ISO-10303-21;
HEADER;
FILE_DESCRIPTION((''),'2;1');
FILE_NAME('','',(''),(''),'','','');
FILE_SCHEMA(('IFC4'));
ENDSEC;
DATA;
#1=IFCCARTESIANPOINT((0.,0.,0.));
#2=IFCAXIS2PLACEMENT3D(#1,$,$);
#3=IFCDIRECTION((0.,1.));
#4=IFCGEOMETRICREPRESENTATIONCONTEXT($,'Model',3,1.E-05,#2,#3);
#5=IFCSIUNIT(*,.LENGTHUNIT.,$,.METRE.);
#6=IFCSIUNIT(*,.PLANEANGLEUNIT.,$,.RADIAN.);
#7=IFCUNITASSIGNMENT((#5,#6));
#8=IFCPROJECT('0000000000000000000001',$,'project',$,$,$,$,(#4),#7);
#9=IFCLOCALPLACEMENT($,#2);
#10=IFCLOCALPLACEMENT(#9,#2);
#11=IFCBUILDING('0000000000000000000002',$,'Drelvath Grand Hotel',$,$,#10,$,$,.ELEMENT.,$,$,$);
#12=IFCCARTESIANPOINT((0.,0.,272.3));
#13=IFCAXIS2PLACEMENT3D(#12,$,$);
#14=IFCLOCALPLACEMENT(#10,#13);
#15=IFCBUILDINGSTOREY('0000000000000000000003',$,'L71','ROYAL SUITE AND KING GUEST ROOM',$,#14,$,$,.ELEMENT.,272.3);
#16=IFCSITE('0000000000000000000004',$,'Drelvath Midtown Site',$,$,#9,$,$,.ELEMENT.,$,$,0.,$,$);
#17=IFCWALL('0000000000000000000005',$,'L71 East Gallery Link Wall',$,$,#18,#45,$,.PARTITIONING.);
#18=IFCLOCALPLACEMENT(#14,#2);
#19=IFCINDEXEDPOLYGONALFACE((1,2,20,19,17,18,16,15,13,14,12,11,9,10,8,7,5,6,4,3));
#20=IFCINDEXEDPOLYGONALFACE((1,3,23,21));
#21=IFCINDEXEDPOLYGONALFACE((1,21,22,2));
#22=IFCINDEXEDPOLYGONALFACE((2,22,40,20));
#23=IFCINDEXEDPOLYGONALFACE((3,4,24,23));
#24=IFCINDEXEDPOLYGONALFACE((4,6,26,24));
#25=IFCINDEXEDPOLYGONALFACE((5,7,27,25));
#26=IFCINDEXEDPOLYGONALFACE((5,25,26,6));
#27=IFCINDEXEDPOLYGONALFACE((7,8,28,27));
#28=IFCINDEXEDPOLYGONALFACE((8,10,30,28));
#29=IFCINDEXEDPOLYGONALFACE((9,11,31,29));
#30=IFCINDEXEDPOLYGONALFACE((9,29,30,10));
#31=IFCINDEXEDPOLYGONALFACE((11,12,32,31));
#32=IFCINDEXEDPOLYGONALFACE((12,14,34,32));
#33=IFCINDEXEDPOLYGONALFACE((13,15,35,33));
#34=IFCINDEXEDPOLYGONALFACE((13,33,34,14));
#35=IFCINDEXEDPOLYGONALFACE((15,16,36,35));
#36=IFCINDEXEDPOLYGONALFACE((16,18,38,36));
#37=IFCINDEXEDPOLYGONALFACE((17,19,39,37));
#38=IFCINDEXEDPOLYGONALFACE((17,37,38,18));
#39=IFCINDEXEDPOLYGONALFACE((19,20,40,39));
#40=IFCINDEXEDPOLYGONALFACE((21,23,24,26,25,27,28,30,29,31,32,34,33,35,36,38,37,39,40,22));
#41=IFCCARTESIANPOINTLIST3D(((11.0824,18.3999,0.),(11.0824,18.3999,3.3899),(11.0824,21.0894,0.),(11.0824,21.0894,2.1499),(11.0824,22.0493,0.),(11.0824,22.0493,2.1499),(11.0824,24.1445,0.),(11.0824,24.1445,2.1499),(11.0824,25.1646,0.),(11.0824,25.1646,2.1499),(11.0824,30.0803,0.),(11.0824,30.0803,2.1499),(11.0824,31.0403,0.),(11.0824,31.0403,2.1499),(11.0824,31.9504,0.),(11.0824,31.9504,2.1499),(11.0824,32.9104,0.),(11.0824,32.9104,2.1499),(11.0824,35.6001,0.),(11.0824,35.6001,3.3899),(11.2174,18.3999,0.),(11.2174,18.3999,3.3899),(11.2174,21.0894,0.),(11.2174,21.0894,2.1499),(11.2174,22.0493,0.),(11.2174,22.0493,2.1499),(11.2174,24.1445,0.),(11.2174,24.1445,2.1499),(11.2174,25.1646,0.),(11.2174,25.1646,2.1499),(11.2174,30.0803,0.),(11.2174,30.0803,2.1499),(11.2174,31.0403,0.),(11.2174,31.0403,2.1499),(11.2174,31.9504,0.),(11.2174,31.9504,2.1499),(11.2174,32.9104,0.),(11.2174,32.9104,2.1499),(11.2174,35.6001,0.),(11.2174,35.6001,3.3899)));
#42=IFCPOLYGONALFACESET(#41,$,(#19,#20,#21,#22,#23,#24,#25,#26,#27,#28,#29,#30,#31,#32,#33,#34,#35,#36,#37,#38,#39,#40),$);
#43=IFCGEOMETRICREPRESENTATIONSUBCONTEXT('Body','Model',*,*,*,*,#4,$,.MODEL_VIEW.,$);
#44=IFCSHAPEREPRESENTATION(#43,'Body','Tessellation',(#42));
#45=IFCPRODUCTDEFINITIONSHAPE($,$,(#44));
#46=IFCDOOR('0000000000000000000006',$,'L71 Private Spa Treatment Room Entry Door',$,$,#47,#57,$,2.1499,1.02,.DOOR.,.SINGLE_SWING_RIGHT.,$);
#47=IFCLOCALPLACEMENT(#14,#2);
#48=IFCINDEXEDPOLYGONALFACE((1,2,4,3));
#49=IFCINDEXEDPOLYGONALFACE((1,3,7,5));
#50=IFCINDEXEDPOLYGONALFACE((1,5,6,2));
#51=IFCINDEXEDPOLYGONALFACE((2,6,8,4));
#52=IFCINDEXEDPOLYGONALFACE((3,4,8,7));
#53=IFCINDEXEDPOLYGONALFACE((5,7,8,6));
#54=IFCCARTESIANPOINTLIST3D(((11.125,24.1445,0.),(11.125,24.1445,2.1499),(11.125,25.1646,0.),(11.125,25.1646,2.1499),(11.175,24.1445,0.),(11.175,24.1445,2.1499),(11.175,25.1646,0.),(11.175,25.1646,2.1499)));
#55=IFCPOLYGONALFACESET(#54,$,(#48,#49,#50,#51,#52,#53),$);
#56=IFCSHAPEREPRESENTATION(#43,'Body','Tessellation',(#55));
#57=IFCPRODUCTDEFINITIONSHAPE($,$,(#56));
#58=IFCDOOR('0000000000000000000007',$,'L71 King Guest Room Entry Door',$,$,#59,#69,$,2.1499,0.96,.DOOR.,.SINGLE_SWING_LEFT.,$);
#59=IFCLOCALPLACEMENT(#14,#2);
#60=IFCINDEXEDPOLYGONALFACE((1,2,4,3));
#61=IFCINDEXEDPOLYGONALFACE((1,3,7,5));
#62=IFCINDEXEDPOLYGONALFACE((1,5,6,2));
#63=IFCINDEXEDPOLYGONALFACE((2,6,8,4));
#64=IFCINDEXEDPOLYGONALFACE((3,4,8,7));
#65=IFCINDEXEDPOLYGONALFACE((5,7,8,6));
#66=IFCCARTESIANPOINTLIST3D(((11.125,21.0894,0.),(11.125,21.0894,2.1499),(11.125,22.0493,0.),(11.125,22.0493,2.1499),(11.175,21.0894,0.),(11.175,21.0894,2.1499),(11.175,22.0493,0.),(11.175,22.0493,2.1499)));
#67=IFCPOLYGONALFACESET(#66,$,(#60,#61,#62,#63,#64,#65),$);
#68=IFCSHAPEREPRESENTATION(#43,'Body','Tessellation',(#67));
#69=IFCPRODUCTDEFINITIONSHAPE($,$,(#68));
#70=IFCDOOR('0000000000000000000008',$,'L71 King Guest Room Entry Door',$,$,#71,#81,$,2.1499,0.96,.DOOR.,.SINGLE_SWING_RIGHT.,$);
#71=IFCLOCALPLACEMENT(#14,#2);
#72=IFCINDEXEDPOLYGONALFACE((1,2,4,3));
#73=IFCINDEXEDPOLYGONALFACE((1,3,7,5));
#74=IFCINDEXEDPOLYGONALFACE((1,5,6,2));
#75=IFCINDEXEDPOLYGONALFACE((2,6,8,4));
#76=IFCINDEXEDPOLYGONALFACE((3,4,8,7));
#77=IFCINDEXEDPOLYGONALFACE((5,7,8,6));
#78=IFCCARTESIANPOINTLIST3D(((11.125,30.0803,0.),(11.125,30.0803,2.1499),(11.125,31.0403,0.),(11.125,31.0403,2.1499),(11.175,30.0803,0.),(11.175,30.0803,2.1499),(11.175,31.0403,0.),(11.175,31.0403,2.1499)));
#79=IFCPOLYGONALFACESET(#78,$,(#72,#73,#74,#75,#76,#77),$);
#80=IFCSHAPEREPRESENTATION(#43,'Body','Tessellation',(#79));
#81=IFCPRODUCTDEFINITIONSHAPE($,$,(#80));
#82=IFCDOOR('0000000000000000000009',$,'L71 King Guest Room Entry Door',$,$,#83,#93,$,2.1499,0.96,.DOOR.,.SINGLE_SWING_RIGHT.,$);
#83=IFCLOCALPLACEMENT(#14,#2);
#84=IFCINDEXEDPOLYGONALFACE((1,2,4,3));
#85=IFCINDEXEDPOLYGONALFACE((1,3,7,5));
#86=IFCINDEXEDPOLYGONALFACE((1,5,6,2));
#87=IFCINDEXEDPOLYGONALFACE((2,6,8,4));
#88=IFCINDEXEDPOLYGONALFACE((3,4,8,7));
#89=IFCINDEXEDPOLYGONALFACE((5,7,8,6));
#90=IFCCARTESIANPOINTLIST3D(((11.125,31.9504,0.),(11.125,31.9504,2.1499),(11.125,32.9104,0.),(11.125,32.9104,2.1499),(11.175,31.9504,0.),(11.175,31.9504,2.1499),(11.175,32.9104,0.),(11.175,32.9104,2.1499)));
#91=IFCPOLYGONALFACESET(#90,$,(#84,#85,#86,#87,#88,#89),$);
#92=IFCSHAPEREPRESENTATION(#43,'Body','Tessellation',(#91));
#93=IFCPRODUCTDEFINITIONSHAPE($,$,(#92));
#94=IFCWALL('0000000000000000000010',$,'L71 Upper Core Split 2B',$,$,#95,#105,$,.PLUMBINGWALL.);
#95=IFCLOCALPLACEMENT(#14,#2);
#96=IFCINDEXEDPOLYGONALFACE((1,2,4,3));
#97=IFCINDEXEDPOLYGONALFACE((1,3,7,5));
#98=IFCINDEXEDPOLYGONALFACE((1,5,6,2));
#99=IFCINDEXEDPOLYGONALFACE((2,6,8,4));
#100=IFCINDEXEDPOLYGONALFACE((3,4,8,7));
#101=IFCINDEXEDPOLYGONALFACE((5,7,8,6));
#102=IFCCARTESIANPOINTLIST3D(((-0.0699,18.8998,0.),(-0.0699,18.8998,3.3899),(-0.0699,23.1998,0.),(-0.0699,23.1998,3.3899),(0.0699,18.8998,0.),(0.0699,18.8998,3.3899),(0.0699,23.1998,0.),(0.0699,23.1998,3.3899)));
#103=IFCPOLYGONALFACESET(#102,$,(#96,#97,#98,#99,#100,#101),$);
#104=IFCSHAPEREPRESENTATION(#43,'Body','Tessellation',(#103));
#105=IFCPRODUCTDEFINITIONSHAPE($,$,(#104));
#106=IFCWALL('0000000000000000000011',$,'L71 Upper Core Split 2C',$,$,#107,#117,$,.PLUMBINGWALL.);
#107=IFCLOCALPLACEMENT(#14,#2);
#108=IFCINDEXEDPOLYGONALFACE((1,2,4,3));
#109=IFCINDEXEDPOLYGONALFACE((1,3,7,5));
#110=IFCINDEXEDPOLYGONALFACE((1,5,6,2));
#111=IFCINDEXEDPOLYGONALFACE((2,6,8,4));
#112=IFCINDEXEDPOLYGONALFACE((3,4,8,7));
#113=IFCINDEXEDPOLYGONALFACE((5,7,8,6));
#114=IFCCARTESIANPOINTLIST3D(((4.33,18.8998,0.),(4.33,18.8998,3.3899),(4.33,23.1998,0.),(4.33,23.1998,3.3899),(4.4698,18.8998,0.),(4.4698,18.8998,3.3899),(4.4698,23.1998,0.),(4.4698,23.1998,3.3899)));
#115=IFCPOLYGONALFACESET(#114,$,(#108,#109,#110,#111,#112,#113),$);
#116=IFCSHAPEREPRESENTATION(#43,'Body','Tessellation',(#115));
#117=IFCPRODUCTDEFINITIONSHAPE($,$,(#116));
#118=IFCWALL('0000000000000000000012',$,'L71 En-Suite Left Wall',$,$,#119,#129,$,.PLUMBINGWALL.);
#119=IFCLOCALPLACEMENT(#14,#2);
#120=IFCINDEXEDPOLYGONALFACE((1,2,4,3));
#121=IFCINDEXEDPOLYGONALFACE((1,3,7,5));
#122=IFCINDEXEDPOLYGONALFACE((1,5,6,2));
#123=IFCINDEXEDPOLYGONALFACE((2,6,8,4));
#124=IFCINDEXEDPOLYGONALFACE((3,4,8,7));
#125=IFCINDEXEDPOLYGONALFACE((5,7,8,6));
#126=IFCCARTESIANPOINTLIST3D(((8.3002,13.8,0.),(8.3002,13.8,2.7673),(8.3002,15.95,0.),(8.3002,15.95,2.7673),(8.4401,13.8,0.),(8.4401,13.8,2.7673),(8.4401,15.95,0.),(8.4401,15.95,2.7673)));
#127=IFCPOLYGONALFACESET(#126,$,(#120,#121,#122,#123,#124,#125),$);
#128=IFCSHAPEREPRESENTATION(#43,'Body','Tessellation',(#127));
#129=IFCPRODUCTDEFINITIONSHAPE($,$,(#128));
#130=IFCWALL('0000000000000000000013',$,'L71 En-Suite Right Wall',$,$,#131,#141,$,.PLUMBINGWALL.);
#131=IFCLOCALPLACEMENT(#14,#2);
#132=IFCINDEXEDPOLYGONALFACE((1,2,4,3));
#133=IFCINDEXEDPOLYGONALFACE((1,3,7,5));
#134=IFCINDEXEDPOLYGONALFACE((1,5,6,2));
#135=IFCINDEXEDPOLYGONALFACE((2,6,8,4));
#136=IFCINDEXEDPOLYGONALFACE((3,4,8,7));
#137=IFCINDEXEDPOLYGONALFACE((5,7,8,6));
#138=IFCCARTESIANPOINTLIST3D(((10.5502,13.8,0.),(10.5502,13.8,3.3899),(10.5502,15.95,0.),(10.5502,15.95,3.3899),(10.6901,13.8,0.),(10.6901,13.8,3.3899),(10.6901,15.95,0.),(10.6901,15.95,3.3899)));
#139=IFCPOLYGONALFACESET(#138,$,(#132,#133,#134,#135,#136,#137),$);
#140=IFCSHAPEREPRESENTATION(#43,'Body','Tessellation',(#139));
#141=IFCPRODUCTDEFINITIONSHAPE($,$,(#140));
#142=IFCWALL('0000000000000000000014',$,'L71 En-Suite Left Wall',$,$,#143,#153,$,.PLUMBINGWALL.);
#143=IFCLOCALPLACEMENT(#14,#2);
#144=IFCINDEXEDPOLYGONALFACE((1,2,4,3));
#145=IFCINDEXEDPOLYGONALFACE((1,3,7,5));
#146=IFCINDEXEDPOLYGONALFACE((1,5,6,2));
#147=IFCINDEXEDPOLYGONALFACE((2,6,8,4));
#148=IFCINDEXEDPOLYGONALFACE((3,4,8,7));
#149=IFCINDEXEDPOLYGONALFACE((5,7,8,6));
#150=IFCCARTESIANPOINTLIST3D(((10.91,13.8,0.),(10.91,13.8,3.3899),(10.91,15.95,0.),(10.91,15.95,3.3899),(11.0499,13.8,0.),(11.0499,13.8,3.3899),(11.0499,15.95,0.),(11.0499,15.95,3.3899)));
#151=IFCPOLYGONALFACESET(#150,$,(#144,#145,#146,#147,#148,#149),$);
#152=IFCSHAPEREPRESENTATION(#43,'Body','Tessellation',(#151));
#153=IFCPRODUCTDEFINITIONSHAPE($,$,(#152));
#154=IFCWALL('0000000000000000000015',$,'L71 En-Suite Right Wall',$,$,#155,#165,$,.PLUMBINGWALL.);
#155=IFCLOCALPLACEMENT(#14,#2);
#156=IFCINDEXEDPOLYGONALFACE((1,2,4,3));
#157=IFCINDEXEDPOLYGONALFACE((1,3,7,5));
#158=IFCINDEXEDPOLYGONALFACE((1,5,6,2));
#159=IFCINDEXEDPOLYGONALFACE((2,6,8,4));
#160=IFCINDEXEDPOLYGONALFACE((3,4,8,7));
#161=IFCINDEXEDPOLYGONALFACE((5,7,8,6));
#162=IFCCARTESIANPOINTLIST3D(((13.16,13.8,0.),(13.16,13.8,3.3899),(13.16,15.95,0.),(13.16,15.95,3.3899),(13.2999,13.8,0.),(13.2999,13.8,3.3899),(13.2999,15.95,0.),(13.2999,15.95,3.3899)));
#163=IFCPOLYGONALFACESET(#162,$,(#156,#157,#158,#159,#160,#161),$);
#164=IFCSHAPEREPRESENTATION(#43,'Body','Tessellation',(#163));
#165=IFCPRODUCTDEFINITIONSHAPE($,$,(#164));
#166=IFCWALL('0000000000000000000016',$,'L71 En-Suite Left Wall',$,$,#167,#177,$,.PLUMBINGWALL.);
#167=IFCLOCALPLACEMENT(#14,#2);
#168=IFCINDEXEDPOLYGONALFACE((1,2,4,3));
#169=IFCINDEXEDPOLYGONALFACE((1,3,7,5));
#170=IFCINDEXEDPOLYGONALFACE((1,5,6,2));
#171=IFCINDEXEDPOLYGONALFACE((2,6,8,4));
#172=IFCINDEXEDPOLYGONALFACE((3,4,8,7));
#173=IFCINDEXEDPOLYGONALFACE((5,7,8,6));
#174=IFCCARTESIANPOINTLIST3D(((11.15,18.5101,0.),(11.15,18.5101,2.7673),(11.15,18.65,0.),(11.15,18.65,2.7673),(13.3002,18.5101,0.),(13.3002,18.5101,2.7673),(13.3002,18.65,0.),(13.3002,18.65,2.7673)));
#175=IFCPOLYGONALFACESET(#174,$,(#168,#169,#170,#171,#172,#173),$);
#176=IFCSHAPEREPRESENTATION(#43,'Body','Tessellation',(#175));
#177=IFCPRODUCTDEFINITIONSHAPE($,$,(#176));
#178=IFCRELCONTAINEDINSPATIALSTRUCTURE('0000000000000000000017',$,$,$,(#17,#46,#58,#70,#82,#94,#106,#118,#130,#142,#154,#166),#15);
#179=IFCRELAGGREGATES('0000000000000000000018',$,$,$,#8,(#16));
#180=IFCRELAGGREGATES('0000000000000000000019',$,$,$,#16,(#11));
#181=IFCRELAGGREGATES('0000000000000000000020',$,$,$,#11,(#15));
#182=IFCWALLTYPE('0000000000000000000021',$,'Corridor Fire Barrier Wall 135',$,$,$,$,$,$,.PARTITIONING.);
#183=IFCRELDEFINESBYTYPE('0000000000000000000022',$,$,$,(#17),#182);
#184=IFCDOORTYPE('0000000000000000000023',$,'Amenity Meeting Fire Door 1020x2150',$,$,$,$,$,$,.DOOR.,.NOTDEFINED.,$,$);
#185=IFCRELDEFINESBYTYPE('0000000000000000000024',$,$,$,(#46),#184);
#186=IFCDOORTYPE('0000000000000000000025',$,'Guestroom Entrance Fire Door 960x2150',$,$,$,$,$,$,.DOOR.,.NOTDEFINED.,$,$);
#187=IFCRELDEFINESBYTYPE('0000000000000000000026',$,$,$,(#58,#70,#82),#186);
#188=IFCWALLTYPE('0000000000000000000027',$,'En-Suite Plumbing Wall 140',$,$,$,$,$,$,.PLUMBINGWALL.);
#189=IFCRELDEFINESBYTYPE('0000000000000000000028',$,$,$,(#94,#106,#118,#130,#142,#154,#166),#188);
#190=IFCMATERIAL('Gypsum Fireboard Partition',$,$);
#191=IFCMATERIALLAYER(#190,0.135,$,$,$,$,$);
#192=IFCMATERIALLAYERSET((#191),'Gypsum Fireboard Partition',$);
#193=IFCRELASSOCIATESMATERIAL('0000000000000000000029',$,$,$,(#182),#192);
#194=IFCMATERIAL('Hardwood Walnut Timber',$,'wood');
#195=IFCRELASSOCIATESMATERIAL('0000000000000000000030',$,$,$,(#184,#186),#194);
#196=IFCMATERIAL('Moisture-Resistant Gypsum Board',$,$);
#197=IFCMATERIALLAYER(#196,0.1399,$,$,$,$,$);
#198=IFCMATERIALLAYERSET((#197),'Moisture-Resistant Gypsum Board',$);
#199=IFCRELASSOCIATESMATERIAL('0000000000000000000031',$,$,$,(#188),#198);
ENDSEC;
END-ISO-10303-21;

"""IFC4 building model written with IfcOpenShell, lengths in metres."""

from ifc_helpers import new_model, si_unit, direction, frame, frame_2d, origin, place, context, subcontext, project, spatial, rectangle, extrude, material, layer, layer_set, type_object, element, fill, save


model = new_model("IFC4")

# Units and contexts
model_context = context("Model", 3, precision=1e-05, world=origin(), true_north=direction((0.0, 1.0)))
body_context = subcontext(model_context, "Body", "Model", "MODEL_VIEW")
ifc_project = project(units=[si_unit("LENGTHUNIT", "METRE"), si_unit("PLANEANGLEUNIT", "RADIAN")], contexts=[model_context])

# Site, building, storey
site_placement = place(None, origin())
site = spatial("IfcSite", under=ifc_project, at=site_placement, Name="Drelvath Midtown Site", CompositionType="ELEMENT", RefElevation=0.0)
building_placement = place(site_placement, origin())
building = spatial("IfcBuilding", under=site, at=building_placement, Name="Drelvath Grand Hotel", CompositionType="ELEMENT")
storey_placement = place(building_placement, frame((0.0, 0.0, 272.3)))
storey = spatial("IfcBuildingStorey", under=building, at=storey_placement, Name="L71", Description="ROYAL SUITE AND KING GUEST ROOM", CompositionType="ELEMENT", Elevation=272.3)

# Shared definitions
ifc_material_1 = material(Name="Gypsum Fireboard Partition")
ifc_layer_1 = layer(ifc_material_1, 0.135)
ifc_layer_set_1 = layer_set([ifc_layer_1], Name="Gypsum Fireboard Partition")
wall_type_1 = type_object("IfcWallType", Name="Corridor Fire Barrier Wall 135", PredefinedType="PARTITIONING", material=ifc_layer_set_1)

# Wall, openings, doors
wall_1_placement = place(storey_placement, frame((11.1499, 18.3999, 0.0), z_axis=(0.0, 0.0, 1.0), x_axis=(0.0, 1.0, 0.0)))
wall_1 = element("IfcWall", 1, at=wall_1_placement, inside=storey, type_object=wall_type_1, Name="L71 East Gallery Link Wall", PredefinedType="PARTITIONING", context=body_context, shape_type="SweptSolid", body=[
    extrude(rectangle(XDim=17.2002, YDim=0.135, at=frame_2d((8.6001, 0.0))), origin(), (0.0, 0.0, 1.0), 3.3899),
])
opening_1_placement = place(wall_1_placement, frame((2.6895, 0.0, 0.0)))
opening_1 = element("IfcOpeningElement", 2, at=opening_1_placement, cuts=wall_1, PredefinedType="OPENING", context=body_context, shape_type="SweptSolid", body=[
    extrude(rectangle(XDim=0.96, YDim=2.1499, at=frame_2d((0.48, 1.075))), frame((0.0, 0.0774, 0.0), z_axis=(0.0, -1.0, 0.0), x_axis=(1.0, 0.0, 0.0)), (0.0, 0.0, 1.0), 0.155),
])
opening_2_placement = place(wall_1_placement, frame((5.7446, 0.0, 0.0)))
opening_2 = element("IfcOpeningElement", 3, at=opening_2_placement, cuts=wall_1, PredefinedType="OPENING", context=body_context, shape_type="SweptSolid", body=[
    extrude(rectangle(XDim=1.02, YDim=2.1499, at=frame_2d((0.51, 1.075))), frame((0.0, 0.0774, 0.0), z_axis=(0.0, -1.0, 0.0), x_axis=(1.0, 0.0, 0.0)), (0.0, 0.0, 1.0), 0.155),
])
opening_3_placement = place(wall_1_placement, frame((11.6804, 0.0, 0.0)))
opening_3 = element("IfcOpeningElement", 4, at=opening_3_placement, cuts=wall_1, PredefinedType="OPENING", context=body_context, shape_type="SweptSolid", body=[
    extrude(rectangle(XDim=0.96, YDim=2.1499, at=frame_2d((0.48, 1.075))), frame((0.0, 0.0774, 0.0), z_axis=(0.0, -1.0, 0.0), x_axis=(1.0, 0.0, 0.0)), (0.0, 0.0, 1.0), 0.155),
])
opening_4_placement = place(wall_1_placement, frame((13.5505, 0.0, 0.0)))
opening_4 = element("IfcOpeningElement", 5, at=opening_4_placement, cuts=wall_1, PredefinedType="OPENING", context=body_context, shape_type="SweptSolid", body=[
    extrude(rectangle(XDim=0.96, YDim=2.1499, at=frame_2d((0.48, 1.075))), frame((0.0, 0.0774, 0.0), z_axis=(0.0, -1.0, 0.0), x_axis=(1.0, 0.0, 0.0)), (0.0, 0.0, 1.0), 0.155),
])
ifc_material_2 = material(Name="Hardwood Walnut Timber", Category="wood")
door_type_1 = type_object("IfcDoorType", Name="Amenity Meeting Fire Door 1020x2150", OperationType="NOTDEFINED", PredefinedType="DOOR", material=ifc_material_2)
door_1_placement = place(opening_2_placement, origin())
door_1 = element("IfcDoor", 6, at=door_1_placement, inside=storey, type_object=door_type_1, Name="L71 Private Spa Treatment Room Entry Door", OperationType="SINGLE_SWING_RIGHT", OverallHeight=2.1499, OverallWidth=1.02, PredefinedType="DOOR", context=body_context, shape_type="SweptSolid", body=[
    extrude(rectangle(XDim=1.02, YDim=2.1499, at=frame_2d((0.51, 1.075))), frame((0.0, 0.0249, 0.0), z_axis=(0.0, -1.0, 0.0), x_axis=(1.0, 0.0, 0.0)), (0.0, 0.0, 1.0), 0.05),
])
fill(opening_2, door_1)
door_type_2 = type_object("IfcDoorType", Name="Guestroom Entrance Fire Door 960x2150", OperationType="NOTDEFINED", PredefinedType="DOOR", material=ifc_material_2)
door_2_placement = place(opening_1_placement, origin())
door_2 = element("IfcDoor", 7, at=door_2_placement, inside=storey, type_object=door_type_2, Name="L71 King Guest Room Entry Door", OperationType="SINGLE_SWING_LEFT", OverallHeight=2.1499, OverallWidth=0.96, PredefinedType="DOOR", context=body_context, shape_type="SweptSolid", body=[
    extrude(rectangle(XDim=0.96, YDim=2.1499, at=frame_2d((0.48, 1.075))), frame((0.0, 0.0249, 0.0), z_axis=(0.0, -1.0, 0.0), x_axis=(1.0, 0.0, 0.0)), (0.0, 0.0, 1.0), 0.05),
])
fill(opening_1, door_2)
door_3_placement = place(opening_3_placement, origin())
door_3 = element("IfcDoor", 8, at=door_3_placement, inside=storey, type_object=door_type_2, Name="L71 King Guest Room Entry Door", OperationType="SINGLE_SWING_RIGHT", OverallHeight=2.1499, OverallWidth=0.96, PredefinedType="DOOR", context=body_context, shape_type="SweptSolid", body=[
    extrude(rectangle(XDim=0.96, YDim=2.1499, at=frame_2d((0.48, 1.075))), frame((0.0, 0.0249, 0.0), z_axis=(0.0, -1.0, 0.0), x_axis=(1.0, 0.0, 0.0)), (0.0, 0.0, 1.0), 0.05),
])
fill(opening_3, door_3)
door_4_placement = place(opening_4_placement, origin())
door_4 = element("IfcDoor", 9, at=door_4_placement, inside=storey, type_object=door_type_2, Name="L71 King Guest Room Entry Door", OperationType="SINGLE_SWING_RIGHT", OverallHeight=2.1499, OverallWidth=0.96, PredefinedType="DOOR", context=body_context, shape_type="SweptSolid", body=[
    extrude(rectangle(XDim=0.96, YDim=2.1499, at=frame_2d((0.48, 1.075))), frame((0.0, 0.0249, 0.0), z_axis=(0.0, -1.0, 0.0), x_axis=(1.0, 0.0, 0.0)), (0.0, 0.0, 1.0), 0.05),
])
fill(opening_4, door_4)

# Walls
ifc_material_3 = material(Name="Moisture-Resistant Gypsum Board")
ifc_layer_2 = layer(ifc_material_3, 0.1399)
ifc_layer_set_2 = layer_set([ifc_layer_2], Name="Moisture-Resistant Gypsum Board")
wall_type_2 = type_object("IfcWallType", Name="En-Suite Plumbing Wall 140", PredefinedType="PLUMBINGWALL", material=ifc_layer_set_2)
for number, where, z_axis, x_axis, name in (
    (10, (0.0, 18.8999, 0.0), (0.0, 0.0, 1.0), (0.0, 1.0, 0.0), "L71 Upper Core Split 2B"),
    (11, (4.3999, 18.8999, 0.0), (0.0, 0.0, 1.0), (0.0, 1.0, 0.0), "L71 Upper Core Split 2C"),
):
    element("IfcWall", number, at=place(storey_placement, frame(where, z_axis=z_axis, x_axis=x_axis)), inside=storey, type_object=wall_type_2, Name=name, PredefinedType="PLUMBINGWALL", context=body_context, shape_type="SweptSolid", body=[
        extrude(rectangle(XDim=4.3, YDim=0.1399, at=frame_2d((2.1499, 0.0))), origin(), (0.0, 0.0, 1.0), 3.3899),
    ])
wall_2_placement = place(storey_placement, frame((8.3701, 15.95, 0.0), z_axis=(0.0, 0.0, 1.0), x_axis=(0.0, -1.0, 0.0)))
element("IfcWall", 12, at=wall_2_placement, inside=storey, type_object=wall_type_2, Name="L71 En-Suite Left Wall", PredefinedType="PLUMBINGWALL", context=body_context, shape_type="SweptSolid", body=[
    extrude(rectangle(XDim=2.1499, YDim=0.1399, at=frame_2d((1.075, 0.0))), origin(), (0.0, 0.0, 1.0), 2.7673),
])
for number, where, z_axis, x_axis, name in (
    (13, (10.6201, 15.95, 0.0), (0.0, 0.0, 1.0), (0.0, -1.0, 0.0), "L71 En-Suite Right Wall"),
    (14, (10.98, 15.95, 0.0), (0.0, 0.0, 1.0), (0.0, -1.0, 0.0), "L71 En-Suite Left Wall"),
    (15, (13.23, 15.95, 0.0), (0.0, 0.0, 1.0), (0.0, -1.0, 0.0), "L71 En-Suite Right Wall"),
):
    element("IfcWall", number, at=place(storey_placement, frame(where, z_axis=z_axis, x_axis=x_axis)), inside=storey, type_object=wall_type_2, Name=name, PredefinedType="PLUMBINGWALL", context=body_context, shape_type="SweptSolid", body=[
        extrude(rectangle(XDim=2.1499, YDim=0.1399, at=frame_2d((1.075, 0.0))), origin(), (0.0, 0.0, 1.0), 3.3899),
    ])
wall_3_placement = place(storey_placement, frame((11.1499, 18.5801, 0.0), z_axis=(0.0, 0.0, 1.0), x_axis=(1.0, 0.0, 0.0)))
element("IfcWall", 16, at=wall_3_placement, inside=storey, type_object=wall_type_2, Name="L71 En-Suite Left Wall", PredefinedType="PLUMBINGWALL", context=body_context, shape_type="SweptSolid", body=[
    extrude(rectangle(XDim=2.1501, YDim=0.1399, at=frame_2d((1.0752, 0.0))), origin(), (0.0, 0.0, 1.0), 2.7673),
])

save(model, "model.ifc")
